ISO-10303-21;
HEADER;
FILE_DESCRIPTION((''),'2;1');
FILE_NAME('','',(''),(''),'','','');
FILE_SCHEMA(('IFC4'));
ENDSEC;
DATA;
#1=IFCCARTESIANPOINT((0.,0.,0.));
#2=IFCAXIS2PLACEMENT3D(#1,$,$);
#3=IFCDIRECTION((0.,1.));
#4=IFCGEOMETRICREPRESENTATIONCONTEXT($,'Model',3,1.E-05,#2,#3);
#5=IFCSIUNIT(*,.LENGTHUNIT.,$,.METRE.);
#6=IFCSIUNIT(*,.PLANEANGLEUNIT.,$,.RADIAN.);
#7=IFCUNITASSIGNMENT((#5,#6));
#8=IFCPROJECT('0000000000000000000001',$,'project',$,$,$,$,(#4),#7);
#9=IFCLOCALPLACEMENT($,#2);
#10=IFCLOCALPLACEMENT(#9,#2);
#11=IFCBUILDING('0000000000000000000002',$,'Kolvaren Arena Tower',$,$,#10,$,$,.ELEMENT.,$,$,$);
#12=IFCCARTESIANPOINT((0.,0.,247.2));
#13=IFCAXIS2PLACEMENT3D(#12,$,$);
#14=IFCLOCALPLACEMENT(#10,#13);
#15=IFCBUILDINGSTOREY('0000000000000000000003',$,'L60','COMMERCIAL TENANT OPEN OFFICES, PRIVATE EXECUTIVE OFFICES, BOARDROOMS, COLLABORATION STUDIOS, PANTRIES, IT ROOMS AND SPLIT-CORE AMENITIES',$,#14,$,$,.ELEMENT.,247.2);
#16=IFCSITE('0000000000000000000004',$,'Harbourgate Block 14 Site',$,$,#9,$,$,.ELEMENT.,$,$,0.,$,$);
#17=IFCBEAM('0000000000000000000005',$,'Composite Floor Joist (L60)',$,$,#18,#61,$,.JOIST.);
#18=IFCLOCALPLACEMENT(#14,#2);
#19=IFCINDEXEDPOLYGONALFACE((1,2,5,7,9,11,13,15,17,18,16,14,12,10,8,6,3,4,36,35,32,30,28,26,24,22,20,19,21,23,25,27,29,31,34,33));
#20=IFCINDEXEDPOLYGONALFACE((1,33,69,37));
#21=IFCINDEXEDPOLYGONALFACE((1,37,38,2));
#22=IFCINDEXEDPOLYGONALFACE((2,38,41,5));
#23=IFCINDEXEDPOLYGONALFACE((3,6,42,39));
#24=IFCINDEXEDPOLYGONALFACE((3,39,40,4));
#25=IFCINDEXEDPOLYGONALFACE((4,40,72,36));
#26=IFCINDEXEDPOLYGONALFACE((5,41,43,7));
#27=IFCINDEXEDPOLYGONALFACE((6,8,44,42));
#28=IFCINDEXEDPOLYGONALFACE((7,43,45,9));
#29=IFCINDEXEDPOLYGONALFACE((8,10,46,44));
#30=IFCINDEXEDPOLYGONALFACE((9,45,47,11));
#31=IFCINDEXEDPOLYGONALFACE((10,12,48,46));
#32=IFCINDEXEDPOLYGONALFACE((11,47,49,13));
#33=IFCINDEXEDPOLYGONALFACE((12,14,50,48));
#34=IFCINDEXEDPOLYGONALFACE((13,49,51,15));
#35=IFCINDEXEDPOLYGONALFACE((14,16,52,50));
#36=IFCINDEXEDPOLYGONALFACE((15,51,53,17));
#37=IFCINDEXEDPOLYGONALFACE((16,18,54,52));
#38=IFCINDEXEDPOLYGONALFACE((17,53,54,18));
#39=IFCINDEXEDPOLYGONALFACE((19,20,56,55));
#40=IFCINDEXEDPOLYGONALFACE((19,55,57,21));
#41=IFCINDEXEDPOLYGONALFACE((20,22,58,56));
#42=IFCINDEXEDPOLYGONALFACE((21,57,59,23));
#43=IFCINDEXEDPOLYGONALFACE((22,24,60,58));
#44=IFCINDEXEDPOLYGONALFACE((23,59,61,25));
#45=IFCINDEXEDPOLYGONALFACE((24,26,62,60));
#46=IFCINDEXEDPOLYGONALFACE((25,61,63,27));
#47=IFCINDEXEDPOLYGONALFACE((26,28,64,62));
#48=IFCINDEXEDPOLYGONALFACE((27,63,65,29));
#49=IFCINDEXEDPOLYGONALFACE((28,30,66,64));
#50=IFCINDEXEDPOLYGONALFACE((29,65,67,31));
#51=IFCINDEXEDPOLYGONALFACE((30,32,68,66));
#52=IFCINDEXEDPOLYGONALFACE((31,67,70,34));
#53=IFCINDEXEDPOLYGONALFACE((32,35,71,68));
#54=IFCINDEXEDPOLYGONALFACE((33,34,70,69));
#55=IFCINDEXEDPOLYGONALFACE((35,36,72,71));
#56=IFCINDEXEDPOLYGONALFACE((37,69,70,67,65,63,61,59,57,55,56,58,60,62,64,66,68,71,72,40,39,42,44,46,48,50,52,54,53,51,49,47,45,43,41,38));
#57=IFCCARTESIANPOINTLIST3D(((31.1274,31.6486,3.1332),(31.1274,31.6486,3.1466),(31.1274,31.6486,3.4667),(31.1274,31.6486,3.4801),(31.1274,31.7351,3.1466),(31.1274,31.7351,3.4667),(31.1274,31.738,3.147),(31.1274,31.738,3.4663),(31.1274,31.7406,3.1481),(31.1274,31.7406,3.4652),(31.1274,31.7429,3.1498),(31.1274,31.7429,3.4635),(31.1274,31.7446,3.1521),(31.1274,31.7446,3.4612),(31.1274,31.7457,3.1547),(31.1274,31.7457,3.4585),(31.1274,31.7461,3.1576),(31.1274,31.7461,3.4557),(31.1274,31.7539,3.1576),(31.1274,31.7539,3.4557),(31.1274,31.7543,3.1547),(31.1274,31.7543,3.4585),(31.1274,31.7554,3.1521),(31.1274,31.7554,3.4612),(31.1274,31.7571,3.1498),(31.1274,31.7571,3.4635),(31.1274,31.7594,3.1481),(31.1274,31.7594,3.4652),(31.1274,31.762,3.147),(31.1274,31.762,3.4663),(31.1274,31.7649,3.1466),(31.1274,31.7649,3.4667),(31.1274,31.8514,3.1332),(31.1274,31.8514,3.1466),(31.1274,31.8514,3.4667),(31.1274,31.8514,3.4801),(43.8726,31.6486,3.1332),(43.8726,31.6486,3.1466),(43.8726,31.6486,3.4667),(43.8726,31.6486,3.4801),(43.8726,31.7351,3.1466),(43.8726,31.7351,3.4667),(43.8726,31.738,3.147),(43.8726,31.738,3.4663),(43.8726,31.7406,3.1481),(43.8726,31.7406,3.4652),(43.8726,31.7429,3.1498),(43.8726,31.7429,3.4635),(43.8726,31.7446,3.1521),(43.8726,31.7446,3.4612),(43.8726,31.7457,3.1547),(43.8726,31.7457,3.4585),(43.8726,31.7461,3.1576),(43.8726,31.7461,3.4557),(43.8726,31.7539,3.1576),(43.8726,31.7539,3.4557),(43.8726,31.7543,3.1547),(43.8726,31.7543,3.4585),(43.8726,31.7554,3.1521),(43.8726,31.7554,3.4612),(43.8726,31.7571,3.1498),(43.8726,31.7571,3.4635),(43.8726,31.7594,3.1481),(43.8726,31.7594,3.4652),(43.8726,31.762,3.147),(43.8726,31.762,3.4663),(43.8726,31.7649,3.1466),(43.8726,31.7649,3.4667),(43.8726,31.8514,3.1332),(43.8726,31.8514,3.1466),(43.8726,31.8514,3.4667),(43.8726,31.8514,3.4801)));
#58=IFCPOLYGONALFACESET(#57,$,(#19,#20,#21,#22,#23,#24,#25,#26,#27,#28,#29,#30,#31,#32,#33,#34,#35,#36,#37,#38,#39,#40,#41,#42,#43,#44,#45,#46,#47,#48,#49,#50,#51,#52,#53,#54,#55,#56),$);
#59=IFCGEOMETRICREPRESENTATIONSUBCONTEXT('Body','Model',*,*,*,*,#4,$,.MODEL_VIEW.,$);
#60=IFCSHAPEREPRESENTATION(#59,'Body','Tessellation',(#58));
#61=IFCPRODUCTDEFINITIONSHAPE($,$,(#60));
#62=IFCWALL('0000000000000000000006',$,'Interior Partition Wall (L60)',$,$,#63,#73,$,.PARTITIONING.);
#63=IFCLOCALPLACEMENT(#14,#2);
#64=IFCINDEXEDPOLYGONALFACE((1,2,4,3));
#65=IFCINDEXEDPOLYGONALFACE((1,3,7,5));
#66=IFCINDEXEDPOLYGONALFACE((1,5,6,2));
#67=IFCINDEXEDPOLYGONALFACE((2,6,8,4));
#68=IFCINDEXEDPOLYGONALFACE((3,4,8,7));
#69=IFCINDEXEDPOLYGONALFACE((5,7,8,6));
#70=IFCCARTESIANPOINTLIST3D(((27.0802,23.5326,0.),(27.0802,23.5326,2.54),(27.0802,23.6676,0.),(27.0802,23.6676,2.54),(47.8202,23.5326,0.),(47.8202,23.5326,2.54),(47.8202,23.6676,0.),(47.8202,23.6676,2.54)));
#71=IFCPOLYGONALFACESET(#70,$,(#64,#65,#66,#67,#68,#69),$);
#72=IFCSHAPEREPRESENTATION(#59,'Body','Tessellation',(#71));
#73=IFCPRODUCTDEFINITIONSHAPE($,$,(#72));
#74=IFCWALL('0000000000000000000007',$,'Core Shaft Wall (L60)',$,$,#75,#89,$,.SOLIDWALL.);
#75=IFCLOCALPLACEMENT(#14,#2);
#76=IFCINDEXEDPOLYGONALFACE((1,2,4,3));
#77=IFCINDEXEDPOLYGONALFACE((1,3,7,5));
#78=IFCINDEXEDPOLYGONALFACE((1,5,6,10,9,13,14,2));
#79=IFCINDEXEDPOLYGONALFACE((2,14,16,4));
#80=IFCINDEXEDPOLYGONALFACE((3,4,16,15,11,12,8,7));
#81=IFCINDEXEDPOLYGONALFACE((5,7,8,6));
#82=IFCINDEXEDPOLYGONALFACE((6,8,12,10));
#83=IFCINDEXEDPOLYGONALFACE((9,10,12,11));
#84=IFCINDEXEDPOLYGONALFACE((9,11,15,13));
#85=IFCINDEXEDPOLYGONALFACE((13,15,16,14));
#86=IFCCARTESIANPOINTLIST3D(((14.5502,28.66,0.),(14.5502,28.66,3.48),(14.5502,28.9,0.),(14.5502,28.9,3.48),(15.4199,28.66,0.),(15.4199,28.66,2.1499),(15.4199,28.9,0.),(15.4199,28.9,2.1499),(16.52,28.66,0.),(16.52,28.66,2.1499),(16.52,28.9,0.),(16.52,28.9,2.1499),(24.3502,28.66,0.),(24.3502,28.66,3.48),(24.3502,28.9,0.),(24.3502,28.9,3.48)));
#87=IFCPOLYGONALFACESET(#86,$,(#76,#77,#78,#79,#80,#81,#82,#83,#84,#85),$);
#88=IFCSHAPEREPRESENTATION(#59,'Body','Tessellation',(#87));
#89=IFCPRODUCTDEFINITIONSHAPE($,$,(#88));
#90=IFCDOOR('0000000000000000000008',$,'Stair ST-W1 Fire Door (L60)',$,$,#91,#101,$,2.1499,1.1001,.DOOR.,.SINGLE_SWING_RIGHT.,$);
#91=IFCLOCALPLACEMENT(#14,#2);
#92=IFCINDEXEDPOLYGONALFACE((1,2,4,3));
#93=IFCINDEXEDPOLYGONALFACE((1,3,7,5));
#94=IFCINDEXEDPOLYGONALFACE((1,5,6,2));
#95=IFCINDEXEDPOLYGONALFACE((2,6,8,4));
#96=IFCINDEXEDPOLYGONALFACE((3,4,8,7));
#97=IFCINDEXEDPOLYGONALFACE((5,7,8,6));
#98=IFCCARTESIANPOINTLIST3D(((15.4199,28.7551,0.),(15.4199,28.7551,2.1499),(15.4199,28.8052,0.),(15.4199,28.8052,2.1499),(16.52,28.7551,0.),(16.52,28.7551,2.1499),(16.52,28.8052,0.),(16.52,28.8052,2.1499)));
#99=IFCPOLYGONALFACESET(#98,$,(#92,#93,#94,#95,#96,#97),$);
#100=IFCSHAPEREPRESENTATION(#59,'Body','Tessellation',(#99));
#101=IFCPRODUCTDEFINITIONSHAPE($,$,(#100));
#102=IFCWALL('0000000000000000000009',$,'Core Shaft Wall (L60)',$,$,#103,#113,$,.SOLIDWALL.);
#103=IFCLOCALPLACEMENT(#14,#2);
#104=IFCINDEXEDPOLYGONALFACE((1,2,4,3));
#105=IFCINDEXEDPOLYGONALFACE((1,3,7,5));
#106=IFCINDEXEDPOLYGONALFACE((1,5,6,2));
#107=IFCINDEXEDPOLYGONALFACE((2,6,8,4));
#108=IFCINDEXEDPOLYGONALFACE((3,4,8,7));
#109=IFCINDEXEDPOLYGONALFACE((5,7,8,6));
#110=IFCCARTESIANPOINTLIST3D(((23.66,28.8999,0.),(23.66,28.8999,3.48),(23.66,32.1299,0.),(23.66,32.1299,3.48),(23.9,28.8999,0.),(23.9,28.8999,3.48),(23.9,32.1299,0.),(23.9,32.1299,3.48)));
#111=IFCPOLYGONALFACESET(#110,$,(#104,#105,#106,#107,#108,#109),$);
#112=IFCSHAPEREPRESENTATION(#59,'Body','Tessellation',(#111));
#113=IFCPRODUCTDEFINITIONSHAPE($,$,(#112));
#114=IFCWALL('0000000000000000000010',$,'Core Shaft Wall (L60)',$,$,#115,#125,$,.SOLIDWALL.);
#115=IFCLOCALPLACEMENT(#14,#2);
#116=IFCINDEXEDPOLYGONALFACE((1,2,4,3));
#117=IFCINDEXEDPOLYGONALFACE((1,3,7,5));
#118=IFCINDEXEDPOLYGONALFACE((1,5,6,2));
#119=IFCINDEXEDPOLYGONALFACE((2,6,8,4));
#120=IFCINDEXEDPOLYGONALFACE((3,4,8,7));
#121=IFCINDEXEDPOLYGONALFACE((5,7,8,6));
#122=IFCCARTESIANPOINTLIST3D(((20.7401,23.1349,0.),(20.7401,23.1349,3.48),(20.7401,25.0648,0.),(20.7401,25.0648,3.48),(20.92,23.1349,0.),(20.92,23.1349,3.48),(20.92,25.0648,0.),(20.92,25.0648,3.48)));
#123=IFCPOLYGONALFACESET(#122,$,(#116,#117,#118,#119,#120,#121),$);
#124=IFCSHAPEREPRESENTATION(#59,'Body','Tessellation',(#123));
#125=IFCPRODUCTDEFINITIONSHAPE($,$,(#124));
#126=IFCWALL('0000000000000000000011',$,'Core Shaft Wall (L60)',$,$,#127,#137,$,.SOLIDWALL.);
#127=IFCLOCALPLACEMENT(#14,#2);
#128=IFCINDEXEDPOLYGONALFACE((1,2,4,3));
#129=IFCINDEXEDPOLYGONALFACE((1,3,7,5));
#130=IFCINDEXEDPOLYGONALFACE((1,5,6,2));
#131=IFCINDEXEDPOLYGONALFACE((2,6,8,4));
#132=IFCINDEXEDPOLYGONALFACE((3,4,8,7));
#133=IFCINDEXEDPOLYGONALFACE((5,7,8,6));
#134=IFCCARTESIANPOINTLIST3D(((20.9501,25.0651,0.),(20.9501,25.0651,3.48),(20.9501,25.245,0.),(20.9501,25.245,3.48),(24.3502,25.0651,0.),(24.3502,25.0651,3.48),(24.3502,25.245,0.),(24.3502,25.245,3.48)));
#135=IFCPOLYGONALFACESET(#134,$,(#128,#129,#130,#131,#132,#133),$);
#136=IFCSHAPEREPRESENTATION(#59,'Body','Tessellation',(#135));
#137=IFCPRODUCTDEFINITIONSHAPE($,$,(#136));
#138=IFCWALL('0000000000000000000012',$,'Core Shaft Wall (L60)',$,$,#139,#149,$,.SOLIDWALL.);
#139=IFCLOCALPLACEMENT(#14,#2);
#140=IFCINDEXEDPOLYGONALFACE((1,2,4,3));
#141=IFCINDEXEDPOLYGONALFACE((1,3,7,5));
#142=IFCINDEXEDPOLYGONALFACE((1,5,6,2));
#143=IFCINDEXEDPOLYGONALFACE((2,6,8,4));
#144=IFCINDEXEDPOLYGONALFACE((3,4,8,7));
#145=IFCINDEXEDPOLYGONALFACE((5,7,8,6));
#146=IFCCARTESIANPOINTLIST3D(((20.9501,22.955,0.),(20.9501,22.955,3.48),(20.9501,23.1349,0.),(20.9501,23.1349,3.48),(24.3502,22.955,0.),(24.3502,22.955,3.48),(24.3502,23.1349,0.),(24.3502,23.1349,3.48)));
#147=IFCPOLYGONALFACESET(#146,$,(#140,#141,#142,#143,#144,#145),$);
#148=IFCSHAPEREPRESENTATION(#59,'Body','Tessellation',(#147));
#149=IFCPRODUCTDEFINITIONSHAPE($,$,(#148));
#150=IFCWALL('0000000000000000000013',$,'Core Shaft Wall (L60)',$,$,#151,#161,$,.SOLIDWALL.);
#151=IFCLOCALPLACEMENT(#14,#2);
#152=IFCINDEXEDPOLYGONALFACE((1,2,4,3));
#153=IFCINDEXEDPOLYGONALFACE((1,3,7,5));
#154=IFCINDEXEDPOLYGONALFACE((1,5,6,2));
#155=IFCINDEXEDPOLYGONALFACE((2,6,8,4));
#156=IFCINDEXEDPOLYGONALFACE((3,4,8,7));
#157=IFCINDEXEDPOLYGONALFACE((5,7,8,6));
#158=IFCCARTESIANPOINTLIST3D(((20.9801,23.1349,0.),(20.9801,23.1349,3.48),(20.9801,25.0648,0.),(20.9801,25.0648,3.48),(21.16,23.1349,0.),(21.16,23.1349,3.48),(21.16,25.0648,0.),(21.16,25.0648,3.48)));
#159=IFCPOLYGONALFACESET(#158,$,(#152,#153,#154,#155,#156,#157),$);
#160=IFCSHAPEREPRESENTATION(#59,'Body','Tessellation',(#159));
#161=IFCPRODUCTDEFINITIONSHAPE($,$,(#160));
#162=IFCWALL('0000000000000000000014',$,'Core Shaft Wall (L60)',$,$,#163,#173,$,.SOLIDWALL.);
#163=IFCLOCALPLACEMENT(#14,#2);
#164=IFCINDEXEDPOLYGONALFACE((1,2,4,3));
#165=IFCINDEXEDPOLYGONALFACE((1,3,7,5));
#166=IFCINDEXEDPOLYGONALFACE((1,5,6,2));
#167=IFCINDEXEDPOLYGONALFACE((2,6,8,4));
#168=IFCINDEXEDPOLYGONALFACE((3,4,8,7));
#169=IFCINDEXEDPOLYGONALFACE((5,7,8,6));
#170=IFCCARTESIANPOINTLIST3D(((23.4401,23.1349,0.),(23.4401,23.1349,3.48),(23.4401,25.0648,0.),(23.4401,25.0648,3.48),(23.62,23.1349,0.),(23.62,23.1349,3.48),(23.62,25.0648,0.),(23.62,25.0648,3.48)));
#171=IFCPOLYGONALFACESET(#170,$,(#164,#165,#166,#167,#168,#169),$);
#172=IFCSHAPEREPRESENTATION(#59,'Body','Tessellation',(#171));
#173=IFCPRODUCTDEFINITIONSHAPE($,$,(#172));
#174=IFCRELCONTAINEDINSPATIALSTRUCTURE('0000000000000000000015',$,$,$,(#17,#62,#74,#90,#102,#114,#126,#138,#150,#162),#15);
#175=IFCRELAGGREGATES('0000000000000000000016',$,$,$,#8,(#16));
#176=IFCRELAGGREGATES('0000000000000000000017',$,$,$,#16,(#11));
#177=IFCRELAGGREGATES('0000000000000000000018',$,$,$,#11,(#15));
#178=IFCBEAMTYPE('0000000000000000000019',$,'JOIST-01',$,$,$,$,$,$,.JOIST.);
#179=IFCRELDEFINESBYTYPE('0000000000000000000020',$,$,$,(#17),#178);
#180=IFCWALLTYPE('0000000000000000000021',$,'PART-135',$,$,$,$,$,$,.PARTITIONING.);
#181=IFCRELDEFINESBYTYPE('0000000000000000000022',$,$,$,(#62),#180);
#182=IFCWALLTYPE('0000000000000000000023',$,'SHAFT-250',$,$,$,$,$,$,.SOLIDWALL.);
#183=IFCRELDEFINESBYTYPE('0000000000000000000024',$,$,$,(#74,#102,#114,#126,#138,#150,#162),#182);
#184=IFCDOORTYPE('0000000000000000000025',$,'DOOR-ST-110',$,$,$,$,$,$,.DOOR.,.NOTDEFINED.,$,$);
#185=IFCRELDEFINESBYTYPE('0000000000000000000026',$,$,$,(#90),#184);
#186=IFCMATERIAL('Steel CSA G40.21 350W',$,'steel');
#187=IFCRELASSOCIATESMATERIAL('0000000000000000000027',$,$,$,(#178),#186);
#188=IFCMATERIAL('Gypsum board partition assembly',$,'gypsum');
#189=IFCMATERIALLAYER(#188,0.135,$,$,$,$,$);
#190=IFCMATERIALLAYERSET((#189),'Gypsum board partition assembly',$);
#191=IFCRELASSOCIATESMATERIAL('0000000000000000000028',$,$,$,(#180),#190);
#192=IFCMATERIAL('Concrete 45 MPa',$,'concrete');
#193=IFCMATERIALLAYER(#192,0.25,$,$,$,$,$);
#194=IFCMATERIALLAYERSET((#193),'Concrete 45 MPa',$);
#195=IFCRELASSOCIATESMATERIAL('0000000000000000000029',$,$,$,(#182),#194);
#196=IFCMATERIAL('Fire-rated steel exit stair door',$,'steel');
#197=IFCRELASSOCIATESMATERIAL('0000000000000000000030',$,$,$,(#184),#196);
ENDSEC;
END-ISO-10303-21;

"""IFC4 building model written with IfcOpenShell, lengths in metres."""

from ifc_helpers import new_model, si_unit, direction, frame, frame_2d, origin, origin_2d, place, context, subcontext, project, spatial, rectangle, i_section, extrude, material, layer, layer_set, material_profile, profile_set, type_object, element, fill, save


model = new_model("IFC4")

# Units and contexts
model_context = context("Model", 3, precision=1e-05, world=origin(), true_north=direction((0.0, 1.0)))
body_context = subcontext(model_context, "Body", "Model", "MODEL_VIEW")
ifc_project = project(units=[si_unit("LENGTHUNIT", "METRE"), si_unit("PLANEANGLEUNIT", "RADIAN")], contexts=[model_context])

# Site, building, storey
site_placement = place(None, origin())
site = spatial("IfcSite", under=ifc_project, at=site_placement, Name="Harbourgate Block 14 Site", CompositionType="ELEMENT", RefElevation=0.0)
building_placement = place(site_placement, origin())
building = spatial("IfcBuilding", under=site, at=building_placement, Name="Kolvaren Arena Tower", CompositionType="ELEMENT")
storey_placement = place(building_placement, frame((0.0, 0.0, 247.2)))
storey = spatial("IfcBuildingStorey", under=building, at=storey_placement, Name="L60", Description="COMMERCIAL TENANT OPEN OFFICES, PRIVATE EXECUTIVE OFFICES, BOARDROOMS, COLLABORATION STUDIOS, PANTRIES, IT ROOMS AND SPLIT-CORE AMENITIES", CompositionType="ELEMENT", Elevation=247.2)

# Beam
ifc_material_1 = material(Name="Steel CSA G40.21 350W", Category="steel")
ifc_material_profile_1 = material_profile(ifc_material_1, i_section(OverallWidth=0.2029, OverallDepth=0.3469, WebThickness=0.0078, FlangeThickness=0.0134, FilletRadius=0.011, at=origin_2d()), Name="W360x64")
ifc_profile_set_1 = profile_set([ifc_material_profile_1], Name="Steel CSA G40.21 350W")
beam_type_1 = type_object("IfcBeamType", Name="JOIST-01", PredefinedType="JOIST", material=ifc_profile_set_1)
beam_1_placement = place(storey_placement, frame((31.1274, 31.75, 3.3066), z_axis=(1.0, 0.0, 0.0), x_axis=(0.0, 1.0, 0.0)))
element("IfcBeam", 1, at=beam_1_placement, inside=storey, type_object=beam_type_1, Name="Composite Floor Joist (L60)", PredefinedType="JOIST", context=body_context, shape_type="SweptSolid", body=[
    extrude(i_section(OverallWidth=0.2029, OverallDepth=0.3469, WebThickness=0.0078, FlangeThickness=0.0134, FilletRadius=0.011, at=origin_2d()), origin(), (0.0, 0.0, 1.0), 12.7451),
])

# Wall
ifc_material_2 = material(Name="Gypsum board partition assembly", Category="gypsum")
ifc_layer_1 = layer(ifc_material_2, 0.135)
ifc_layer_set_1 = layer_set([ifc_layer_1], Name="Gypsum board partition assembly")
wall_type_1 = type_object("IfcWallType", Name="PART-135", PredefinedType="PARTITIONING", material=ifc_layer_set_1)
wall_1_placement = place(storey_placement, frame((27.0801, 23.6001, 0.0), z_axis=(0.0, 0.0, 1.0), x_axis=(1.0, 0.0, 0.0)))
element("IfcWall", 2, at=wall_1_placement, inside=storey, type_object=wall_type_1, Name="Interior Partition Wall (L60)", PredefinedType="PARTITIONING", context=body_context, shape_type="SweptSolid", body=[
    extrude(rectangle(XDim=20.74, YDim=0.135, at=frame_2d((10.3701, 0.0))), origin(), (0.0, 0.0, 1.0), 2.54),
])

# Wall, opening, door
ifc_material_3 = material(Name="Concrete 45 MPa", Category="concrete")
ifc_layer_2 = layer(ifc_material_3, 0.25)
ifc_layer_set_2 = layer_set([ifc_layer_2], Name="Concrete 45 MPa")
wall_type_2 = type_object("IfcWallType", Name="SHAFT-250", PredefinedType="SOLIDWALL", material=ifc_layer_set_2)
wall_2_placement = place(storey_placement, frame((24.3501, 28.78, 0.0), z_axis=(0.0, 0.0, 1.0), x_axis=(-1.0, 0.0, 0.0)))
wall_2 = element("IfcWall", 3, at=wall_2_placement, inside=storey, type_object=wall_type_2, Name="Core Shaft Wall (L60)", PredefinedType="SOLIDWALL", context=body_context, shape_type="SweptSolid", body=[
    extrude(rectangle(XDim=9.8, YDim=0.24, at=frame_2d((4.8999, 0.0))), origin(), (0.0, 0.0, 1.0), 3.48),
])
opening_placement = place(wall_2_placement, frame((7.8301, 0.0, 0.0)))
opening = element("IfcOpeningElement", 4, at=opening_placement, cuts=wall_2, PredefinedType="OPENING", context=body_context, shape_type="SweptSolid", body=[
    extrude(rectangle(XDim=1.1001, YDim=2.1499, at=frame_2d((0.55, 1.075))), frame((0.0, 0.1299, 0.0), z_axis=(0.0, -1.0, 0.0), x_axis=(1.0, 0.0, 0.0)), (0.0, 0.0, 1.0), 0.26),
])
ifc_material_4 = material(Name="Fire-rated steel exit stair door", Category="steel")
door_type = type_object("IfcDoorType", Name="DOOR-ST-110", OperationType="NOTDEFINED", PredefinedType="DOOR", material=ifc_material_4)
door_placement = place(opening_placement, origin())
door = element("IfcDoor", 5, at=door_placement, inside=storey, type_object=door_type, Name="Stair ST-W1 Fire Door (L60)", OperationType="SINGLE_SWING_RIGHT", OverallHeight=2.1499, OverallWidth=1.1001, PredefinedType="DOOR", context=body_context, shape_type="SweptSolid", body=[
    extrude(rectangle(XDim=1.1001, YDim=2.1499, at=frame_2d((0.55, 1.075))), frame((0.0, 0.0249, 0.0), z_axis=(0.0, -1.0, 0.0), x_axis=(1.0, 0.0, 0.0)), (0.0, 0.0, 1.0), 0.05),
])
fill(opening, door)

# Walls
wall_3_placement = place(storey_placement, frame((23.78, 28.8999, 0.0), z_axis=(0.0, 0.0, 1.0), x_axis=(0.0, 1.0, 0.0)))
element("IfcWall", 6, at=wall_3_placement, inside=storey, type_object=wall_type_2, Name="Core Shaft Wall (L60)", PredefinedType="SOLIDWALL", context=body_context, shape_type="SweptSolid", body=[
    extrude(rectangle(XDim=3.23, YDim=0.24, at=frame_2d((1.615, 0.0))), origin(), (0.0, 0.0, 1.0), 3.48),
])
wall_4_placement = place(storey_placement, frame((20.8301, 23.135, 0.0), z_axis=(0.0, 0.0, 1.0), x_axis=(0.0, 1.0, 0.0)))
element("IfcWall", 7, at=wall_4_placement, inside=storey, type_object=wall_type_2, Name="Core Shaft Wall (L60)", PredefinedType="SOLIDWALL", context=body_context, shape_type="SweptSolid", body=[
    extrude(rectangle(XDim=1.9299, YDim=0.1799, at=frame_2d((0.9648, 0.0))), origin(), (0.0, 0.0, 1.0), 3.48),
])
for number, where, z_axis, x_axis, name in (
    (8, (20.95, 25.155, 0.0), (0.0, 0.0, 1.0), (1.0, 0.0, 0.0), "Core Shaft Wall (L60)"),
    (9, (20.95, 23.0449, 0.0), (0.0, 0.0, 1.0), (1.0, 0.0, 0.0), "Core Shaft Wall (L60)"),
):
    element("IfcWall", number, at=place(storey_placement, frame(where, z_axis=z_axis, x_axis=x_axis)), inside=storey, type_object=wall_type_2, Name=name, PredefinedType="SOLIDWALL", context=body_context, shape_type="SweptSolid", body=[
        extrude(rectangle(XDim=3.4001, YDim=0.1799, at=frame_2d((1.7002, 0.0))), origin(), (0.0, 0.0, 1.0), 3.48),
    ])
for number, where, z_axis, x_axis, name in (
    (10, (21.0701, 23.135, 0.0), (0.0, 0.0, 1.0), (0.0, 1.0, 0.0), "Core Shaft Wall (L60)"),
    (11, (23.53, 23.135, 0.0), (0.0, 0.0, 1.0), (0.0, 1.0, 0.0), "Core Shaft Wall (L60)"),
):
    element("IfcWall", number, at=place(storey_placement, frame(where, z_axis=z_axis, x_axis=x_axis)), inside=storey, type_object=wall_type_2, Name=name, PredefinedType="SOLIDWALL", context=body_context, shape_type="SweptSolid", body=[
        extrude(rectangle(XDim=1.9299, YDim=0.1799, at=frame_2d((0.9648, 0.0))), origin(), (0.0, 0.0, 1.0), 3.48),
    ])

save(model, "model.ifc")
